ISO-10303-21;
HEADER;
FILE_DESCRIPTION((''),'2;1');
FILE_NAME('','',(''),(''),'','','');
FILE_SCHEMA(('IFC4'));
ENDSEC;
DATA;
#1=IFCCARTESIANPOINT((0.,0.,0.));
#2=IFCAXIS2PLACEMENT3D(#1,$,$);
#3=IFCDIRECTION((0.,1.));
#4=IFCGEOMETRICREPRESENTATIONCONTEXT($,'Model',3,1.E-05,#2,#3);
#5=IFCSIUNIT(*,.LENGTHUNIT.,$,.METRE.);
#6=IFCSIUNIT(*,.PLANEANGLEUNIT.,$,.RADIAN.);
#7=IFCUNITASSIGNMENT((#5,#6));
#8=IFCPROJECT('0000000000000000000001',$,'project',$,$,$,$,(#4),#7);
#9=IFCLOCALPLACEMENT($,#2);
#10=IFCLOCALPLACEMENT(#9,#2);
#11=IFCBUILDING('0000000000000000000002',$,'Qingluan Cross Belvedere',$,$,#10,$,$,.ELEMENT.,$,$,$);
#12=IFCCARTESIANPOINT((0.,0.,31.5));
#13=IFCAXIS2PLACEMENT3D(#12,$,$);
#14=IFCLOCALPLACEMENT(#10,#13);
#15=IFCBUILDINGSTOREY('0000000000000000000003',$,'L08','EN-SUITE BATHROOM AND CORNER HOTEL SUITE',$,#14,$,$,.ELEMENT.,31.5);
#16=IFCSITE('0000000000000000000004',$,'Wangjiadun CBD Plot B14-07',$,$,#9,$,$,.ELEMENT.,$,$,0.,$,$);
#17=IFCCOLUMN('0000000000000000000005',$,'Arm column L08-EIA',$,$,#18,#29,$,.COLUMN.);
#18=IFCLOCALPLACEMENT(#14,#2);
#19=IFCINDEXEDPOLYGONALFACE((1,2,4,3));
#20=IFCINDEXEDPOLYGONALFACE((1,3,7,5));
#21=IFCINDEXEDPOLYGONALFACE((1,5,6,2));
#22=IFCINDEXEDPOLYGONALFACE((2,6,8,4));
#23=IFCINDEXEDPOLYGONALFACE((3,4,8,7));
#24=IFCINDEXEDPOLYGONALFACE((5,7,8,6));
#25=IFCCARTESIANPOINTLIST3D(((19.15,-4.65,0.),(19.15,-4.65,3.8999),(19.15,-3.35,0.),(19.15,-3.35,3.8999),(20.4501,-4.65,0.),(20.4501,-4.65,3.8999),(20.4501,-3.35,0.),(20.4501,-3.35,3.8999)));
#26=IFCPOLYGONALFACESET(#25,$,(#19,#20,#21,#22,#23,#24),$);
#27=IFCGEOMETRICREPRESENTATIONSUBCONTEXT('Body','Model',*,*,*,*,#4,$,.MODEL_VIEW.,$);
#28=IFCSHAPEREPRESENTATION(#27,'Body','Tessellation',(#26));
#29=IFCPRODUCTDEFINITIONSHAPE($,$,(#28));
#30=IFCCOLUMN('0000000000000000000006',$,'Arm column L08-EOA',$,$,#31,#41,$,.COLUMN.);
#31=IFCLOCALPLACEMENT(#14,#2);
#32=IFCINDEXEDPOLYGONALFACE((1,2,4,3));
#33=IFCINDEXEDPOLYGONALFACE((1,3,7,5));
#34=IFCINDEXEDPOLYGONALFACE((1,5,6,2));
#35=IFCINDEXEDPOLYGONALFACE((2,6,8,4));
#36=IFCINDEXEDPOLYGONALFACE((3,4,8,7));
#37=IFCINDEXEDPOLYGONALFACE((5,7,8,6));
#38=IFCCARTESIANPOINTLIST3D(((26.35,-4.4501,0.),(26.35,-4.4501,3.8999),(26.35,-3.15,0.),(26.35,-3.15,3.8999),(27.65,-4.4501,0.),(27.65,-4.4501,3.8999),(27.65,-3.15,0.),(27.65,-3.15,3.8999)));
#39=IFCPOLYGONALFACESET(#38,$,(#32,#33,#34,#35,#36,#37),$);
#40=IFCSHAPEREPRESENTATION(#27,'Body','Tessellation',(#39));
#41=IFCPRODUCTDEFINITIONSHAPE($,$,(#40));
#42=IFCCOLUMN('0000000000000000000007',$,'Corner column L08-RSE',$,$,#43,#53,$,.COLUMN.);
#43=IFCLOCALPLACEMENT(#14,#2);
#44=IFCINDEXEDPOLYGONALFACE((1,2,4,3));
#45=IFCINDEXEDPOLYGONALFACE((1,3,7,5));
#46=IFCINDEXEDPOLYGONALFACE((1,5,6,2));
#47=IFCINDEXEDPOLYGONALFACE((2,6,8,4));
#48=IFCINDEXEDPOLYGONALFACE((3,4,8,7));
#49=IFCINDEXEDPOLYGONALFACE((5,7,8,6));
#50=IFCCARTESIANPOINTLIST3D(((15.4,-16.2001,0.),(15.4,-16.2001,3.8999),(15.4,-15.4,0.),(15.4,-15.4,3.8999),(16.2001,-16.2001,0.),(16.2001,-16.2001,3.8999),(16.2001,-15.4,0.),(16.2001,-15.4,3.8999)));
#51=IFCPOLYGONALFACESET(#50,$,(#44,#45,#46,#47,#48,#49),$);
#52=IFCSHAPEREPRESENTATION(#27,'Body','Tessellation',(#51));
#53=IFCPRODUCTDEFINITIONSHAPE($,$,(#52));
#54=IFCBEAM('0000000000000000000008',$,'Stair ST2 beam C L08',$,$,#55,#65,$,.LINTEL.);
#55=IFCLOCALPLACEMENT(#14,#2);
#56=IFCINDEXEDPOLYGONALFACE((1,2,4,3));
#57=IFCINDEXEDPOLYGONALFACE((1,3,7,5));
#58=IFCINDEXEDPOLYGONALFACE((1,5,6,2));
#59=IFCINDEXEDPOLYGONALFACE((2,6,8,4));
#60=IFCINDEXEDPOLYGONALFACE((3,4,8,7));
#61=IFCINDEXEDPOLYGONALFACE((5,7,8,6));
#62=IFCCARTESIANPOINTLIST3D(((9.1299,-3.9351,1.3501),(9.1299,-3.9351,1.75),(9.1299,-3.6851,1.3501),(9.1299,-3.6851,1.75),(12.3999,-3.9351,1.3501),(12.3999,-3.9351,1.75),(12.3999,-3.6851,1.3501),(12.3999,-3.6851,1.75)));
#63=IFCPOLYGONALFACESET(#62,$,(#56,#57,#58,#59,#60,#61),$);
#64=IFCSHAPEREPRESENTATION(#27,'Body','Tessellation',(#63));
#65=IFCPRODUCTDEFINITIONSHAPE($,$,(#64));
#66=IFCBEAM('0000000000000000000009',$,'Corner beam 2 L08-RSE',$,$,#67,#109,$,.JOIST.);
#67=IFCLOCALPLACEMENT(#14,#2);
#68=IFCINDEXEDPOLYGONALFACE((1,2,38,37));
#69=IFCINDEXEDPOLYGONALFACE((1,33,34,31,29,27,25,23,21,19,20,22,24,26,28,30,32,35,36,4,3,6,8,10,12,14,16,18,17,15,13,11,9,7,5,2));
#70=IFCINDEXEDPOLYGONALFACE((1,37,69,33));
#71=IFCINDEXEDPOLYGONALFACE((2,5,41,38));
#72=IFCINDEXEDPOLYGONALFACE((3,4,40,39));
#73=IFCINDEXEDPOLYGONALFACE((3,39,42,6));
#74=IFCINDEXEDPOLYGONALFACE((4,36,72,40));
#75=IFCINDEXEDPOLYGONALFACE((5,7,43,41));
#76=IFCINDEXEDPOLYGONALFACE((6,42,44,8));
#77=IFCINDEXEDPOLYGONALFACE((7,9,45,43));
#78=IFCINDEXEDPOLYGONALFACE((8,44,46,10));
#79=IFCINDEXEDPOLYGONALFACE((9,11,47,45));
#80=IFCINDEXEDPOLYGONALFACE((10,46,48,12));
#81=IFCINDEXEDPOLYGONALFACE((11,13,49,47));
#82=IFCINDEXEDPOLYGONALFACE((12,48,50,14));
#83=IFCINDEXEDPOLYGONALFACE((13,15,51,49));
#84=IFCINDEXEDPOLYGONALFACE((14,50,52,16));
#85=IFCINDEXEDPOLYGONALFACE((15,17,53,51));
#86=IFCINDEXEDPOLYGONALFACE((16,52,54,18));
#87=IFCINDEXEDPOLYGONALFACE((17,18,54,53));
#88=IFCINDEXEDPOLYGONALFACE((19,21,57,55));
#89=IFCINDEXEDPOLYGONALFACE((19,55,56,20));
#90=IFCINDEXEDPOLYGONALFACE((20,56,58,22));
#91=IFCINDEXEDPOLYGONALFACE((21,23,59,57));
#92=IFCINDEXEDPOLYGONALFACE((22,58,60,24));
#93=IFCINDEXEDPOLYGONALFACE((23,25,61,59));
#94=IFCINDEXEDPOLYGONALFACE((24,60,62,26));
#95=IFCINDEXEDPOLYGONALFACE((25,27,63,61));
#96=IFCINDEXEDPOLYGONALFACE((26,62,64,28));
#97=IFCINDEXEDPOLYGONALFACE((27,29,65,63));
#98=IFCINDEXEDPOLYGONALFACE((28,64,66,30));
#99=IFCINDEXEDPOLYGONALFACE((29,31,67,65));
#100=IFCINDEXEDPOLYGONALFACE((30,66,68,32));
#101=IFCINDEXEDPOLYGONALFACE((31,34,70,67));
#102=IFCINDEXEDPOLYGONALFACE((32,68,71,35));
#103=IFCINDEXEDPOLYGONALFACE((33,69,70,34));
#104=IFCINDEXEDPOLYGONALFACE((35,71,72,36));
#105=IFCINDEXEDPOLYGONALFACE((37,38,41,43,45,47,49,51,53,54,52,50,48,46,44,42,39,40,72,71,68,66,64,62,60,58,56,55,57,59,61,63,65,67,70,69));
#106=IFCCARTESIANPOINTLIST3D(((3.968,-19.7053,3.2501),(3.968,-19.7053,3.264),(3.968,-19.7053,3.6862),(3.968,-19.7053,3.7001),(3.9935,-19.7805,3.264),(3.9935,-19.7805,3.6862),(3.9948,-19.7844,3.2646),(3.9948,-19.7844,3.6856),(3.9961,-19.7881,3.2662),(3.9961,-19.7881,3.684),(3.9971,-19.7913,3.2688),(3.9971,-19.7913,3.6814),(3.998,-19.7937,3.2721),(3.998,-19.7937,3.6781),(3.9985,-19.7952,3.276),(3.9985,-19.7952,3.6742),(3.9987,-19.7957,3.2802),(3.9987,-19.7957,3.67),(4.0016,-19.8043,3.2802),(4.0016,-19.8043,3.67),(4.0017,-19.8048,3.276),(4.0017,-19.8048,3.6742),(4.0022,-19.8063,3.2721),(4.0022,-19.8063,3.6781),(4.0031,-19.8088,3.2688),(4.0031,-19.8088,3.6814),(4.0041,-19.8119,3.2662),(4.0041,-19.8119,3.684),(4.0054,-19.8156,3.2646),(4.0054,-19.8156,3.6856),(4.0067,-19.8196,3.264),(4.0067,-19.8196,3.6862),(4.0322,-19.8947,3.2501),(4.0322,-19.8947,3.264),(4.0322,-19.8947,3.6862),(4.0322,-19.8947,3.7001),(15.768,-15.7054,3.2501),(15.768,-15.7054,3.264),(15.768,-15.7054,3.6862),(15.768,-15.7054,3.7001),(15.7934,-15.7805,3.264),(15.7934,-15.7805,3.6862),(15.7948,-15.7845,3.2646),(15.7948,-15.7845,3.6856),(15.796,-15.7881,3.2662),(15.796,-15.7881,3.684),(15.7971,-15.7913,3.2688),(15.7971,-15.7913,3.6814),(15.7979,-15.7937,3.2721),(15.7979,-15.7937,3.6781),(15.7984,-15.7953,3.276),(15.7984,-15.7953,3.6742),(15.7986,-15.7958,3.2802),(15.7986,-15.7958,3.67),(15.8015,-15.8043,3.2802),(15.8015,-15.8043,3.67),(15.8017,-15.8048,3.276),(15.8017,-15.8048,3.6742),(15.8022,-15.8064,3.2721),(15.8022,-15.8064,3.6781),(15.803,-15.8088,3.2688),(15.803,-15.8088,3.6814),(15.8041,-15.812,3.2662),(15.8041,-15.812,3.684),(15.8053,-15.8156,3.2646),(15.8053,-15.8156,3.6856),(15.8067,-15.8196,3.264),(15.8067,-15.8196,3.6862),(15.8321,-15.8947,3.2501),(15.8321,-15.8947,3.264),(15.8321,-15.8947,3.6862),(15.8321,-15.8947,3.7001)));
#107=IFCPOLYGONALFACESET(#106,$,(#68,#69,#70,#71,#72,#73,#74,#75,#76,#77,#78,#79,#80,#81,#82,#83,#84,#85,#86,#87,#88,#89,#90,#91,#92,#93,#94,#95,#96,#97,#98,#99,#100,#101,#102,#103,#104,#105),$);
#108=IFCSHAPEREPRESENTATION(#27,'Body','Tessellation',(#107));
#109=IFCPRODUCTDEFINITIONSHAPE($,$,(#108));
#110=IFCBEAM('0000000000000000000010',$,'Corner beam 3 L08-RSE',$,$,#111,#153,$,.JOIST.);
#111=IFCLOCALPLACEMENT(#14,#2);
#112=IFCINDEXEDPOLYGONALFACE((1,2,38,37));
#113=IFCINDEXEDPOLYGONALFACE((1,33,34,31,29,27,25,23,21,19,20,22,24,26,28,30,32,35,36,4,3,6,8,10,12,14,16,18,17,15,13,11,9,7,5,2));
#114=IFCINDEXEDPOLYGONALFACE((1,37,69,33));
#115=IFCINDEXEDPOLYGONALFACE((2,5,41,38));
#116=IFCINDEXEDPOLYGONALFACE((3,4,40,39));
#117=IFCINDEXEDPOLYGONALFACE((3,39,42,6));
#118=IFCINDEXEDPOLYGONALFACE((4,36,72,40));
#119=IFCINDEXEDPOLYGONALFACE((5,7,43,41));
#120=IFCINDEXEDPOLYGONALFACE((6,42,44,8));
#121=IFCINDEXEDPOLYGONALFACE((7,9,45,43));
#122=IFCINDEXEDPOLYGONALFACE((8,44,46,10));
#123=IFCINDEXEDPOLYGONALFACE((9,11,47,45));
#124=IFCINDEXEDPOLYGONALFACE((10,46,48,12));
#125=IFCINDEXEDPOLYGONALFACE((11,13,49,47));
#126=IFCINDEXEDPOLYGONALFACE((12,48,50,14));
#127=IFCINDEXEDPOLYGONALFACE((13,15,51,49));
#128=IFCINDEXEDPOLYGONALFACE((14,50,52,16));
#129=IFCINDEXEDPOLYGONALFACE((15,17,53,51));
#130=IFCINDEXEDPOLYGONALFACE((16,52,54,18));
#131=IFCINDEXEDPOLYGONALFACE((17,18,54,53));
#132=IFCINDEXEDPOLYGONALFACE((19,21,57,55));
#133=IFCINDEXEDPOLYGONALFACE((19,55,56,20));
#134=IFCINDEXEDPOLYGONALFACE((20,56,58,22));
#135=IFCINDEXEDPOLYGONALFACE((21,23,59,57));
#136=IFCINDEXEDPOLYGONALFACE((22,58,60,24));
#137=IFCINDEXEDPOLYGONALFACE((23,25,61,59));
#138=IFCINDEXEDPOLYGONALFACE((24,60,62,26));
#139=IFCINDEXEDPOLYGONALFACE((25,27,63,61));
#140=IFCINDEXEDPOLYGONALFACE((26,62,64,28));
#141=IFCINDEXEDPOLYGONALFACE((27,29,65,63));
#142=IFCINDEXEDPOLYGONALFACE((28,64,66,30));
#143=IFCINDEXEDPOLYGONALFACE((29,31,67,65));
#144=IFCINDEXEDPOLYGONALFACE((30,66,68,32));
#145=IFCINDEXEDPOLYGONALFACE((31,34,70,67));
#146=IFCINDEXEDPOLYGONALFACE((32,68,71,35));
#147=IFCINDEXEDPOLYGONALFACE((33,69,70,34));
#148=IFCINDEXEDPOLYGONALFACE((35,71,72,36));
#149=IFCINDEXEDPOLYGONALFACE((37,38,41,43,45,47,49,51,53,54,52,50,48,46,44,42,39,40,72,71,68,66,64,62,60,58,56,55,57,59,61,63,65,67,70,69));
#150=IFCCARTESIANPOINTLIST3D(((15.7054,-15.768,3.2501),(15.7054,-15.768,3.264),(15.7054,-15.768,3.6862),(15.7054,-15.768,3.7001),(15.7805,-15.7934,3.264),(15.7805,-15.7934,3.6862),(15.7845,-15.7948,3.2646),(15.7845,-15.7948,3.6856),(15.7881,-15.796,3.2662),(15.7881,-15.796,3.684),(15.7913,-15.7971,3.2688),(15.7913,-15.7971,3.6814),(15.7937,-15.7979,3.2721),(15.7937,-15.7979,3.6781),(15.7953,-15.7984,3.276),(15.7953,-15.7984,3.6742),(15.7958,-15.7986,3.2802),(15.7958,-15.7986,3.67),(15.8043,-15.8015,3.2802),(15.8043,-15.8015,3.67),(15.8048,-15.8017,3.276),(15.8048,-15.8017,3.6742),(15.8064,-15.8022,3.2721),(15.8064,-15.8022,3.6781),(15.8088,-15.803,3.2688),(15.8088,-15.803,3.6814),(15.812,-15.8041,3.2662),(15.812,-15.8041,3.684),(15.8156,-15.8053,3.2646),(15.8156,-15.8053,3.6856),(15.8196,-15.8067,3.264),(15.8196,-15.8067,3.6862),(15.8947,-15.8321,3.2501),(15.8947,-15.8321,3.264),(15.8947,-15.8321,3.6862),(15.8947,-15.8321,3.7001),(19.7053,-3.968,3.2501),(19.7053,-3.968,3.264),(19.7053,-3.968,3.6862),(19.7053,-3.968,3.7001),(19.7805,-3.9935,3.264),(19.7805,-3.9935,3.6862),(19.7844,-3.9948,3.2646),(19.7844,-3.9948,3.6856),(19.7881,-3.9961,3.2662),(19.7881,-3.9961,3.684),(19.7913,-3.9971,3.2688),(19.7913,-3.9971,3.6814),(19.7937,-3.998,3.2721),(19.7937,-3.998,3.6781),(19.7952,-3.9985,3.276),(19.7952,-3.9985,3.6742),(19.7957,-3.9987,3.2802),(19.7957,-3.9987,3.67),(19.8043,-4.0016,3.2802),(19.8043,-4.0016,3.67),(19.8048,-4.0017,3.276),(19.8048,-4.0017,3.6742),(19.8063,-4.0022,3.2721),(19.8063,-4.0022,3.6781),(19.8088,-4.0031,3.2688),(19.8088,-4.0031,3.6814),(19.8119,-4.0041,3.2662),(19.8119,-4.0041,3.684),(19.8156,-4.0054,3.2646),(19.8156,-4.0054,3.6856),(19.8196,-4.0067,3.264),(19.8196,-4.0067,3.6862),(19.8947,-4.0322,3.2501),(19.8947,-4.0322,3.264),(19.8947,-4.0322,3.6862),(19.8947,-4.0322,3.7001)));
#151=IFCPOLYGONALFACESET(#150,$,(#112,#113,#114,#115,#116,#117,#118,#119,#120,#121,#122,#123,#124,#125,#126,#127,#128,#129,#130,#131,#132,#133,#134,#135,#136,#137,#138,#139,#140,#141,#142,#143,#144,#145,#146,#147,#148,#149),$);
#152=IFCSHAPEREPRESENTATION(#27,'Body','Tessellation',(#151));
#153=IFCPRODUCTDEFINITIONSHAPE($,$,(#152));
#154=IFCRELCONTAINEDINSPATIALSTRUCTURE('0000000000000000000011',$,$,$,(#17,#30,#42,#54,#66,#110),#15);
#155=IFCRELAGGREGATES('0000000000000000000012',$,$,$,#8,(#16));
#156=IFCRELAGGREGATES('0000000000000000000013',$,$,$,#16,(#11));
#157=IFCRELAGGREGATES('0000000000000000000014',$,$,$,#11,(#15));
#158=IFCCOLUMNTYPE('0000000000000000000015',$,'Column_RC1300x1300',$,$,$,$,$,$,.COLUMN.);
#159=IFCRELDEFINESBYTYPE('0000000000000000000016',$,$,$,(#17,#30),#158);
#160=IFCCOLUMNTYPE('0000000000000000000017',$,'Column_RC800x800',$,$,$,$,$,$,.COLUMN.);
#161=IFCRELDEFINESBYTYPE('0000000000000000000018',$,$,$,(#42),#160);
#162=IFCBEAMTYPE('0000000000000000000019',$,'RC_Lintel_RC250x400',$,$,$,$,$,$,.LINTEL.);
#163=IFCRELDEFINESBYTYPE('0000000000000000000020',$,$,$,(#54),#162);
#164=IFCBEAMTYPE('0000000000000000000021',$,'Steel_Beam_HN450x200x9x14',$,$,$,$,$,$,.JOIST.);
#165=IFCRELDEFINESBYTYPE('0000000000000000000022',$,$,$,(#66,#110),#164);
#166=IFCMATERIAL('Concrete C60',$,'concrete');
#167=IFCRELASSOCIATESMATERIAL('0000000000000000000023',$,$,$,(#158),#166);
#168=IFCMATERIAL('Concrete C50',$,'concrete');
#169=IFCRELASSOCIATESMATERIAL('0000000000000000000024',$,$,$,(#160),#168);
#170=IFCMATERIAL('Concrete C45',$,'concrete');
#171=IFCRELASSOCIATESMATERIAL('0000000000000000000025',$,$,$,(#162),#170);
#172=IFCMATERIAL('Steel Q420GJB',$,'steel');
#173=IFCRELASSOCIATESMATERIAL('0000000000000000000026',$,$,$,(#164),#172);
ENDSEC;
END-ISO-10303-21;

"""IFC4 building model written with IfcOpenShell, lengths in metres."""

from ifc_helpers import new_model, si_unit, direction, frame, origin, origin_2d, place, context, subcontext, project, spatial, rectangle, i_section, extrude, material, material_profile, profile_set, type_object, element, save


model = new_model("IFC4")

# Units and contexts
model_context = context("Model", 3, precision=1e-05, world=origin(), true_north=direction((0.0, 1.0)))
body_context = subcontext(model_context, "Body", "Model", "MODEL_VIEW")
ifc_project = project(units=[si_unit("LENGTHUNIT", "METRE"), si_unit("PLANEANGLEUNIT", "RADIAN")], contexts=[model_context])

# Site, building, storey
site_placement = place(None, origin())
site = spatial("IfcSite", under=ifc_project, at=site_placement, Name="Wangjiadun CBD Plot B14-07", CompositionType="ELEMENT", RefElevation=0.0)
building_placement = place(site_placement, origin())
building = spatial("IfcBuilding", under=site, at=building_placement, Name="Qingluan Cross Belvedere", CompositionType="ELEMENT")
storey_placement = place(building_placement, frame((0.0, 0.0, 31.5)))
storey = spatial("IfcBuildingStorey", under=building, at=storey_placement, Name="L08", Description="EN-SUITE BATHROOM AND CORNER HOTEL SUITE", CompositionType="ELEMENT", Elevation=31.5)

# Columns
ifc_material_1 = material(Name="Concrete C60", Category="concrete")
ifc_material_profile_1 = material_profile(ifc_material_1, rectangle(XDim=1.3, YDim=1.3, at=origin_2d()), Name="RC1300x1300")
ifc_profile_set_1 = profile_set([ifc_material_profile_1], Name="Concrete C60")
column_type_1 = type_object("IfcColumnType", Name="Column_RC1300x1300", PredefinedType="COLUMN", material=ifc_profile_set_1)
for number, where, z_axis, x_axis, name in (
    (1, (19.8, -4.0, 0.0), (0.0, 0.0, 1.0), (1.0, 0.0, 0.0), "Arm column L08-EIA"),
    (2, (27.0, -3.8, 0.0), (0.0, 0.0, 1.0), (1.0, 0.0, 0.0), "Arm column L08-EOA"),
):
    element("IfcColumn", number, at=place(storey_placement, frame(where, z_axis=z_axis, x_axis=x_axis)), inside=storey, type_object=column_type_1, Name=name, PredefinedType="COLUMN", context=body_context, shape_type="SweptSolid", body=[
        extrude(rectangle(XDim=1.3, YDim=1.3, at=origin_2d()), origin(), (0.0, 0.0, 1.0), 3.8999),
    ])
ifc_material_2 = material(Name="Concrete C50", Category="concrete")
ifc_material_profile_2 = material_profile(ifc_material_2, rectangle(XDim=0.8, YDim=0.8, at=origin_2d()), Name="RC800x800")
ifc_profile_set_2 = profile_set([ifc_material_profile_2], Name="Concrete C50")
column_type_2 = type_object("IfcColumnType", Name="Column_RC800x800", PredefinedType="COLUMN", material=ifc_profile_set_2)
column_placement = place(storey_placement, frame((15.8, -15.8, 0.0), z_axis=(0.0, 0.0, 1.0), x_axis=(1.0, 0.0, 0.0)))
element("IfcColumn", 3, at=column_placement, inside=storey, type_object=column_type_2, Name="Corner column L08-RSE", PredefinedType="COLUMN", context=body_context, shape_type="SweptSolid", body=[
    extrude(rectangle(XDim=0.8, YDim=0.8, at=origin_2d()), origin(), (0.0, 0.0, 1.0), 3.8999),
])

# Beams
ifc_material_3 = material(Name="Concrete C45", Category="concrete")
ifc_material_profile_3 = material_profile(ifc_material_3, rectangle(XDim=0.25, YDim=0.3999, at=origin_2d()), Name="RC250x400")
ifc_profile_set_3 = profile_set([ifc_material_profile_3], Name="Concrete C45")
beam_type_1 = type_object("IfcBeamType", Name="RC_Lintel_RC250x400", PredefinedType="LINTEL", material=ifc_profile_set_3)
beam_1_placement = place(storey_placement, frame((12.3999, -3.8101, 1.55), z_axis=(-1.0, 0.0, 0.0), x_axis=(0.0, -1.0, 0.0)))
element("IfcBeam", 4, at=beam_1_placement, inside=storey, type_object=beam_type_1, Name="Stair ST2 beam C L08", PredefinedType="LINTEL", context=body_context, shape_type="SweptSolid", body=[
    extrude(rectangle(XDim=0.25, YDim=0.3999, at=origin_2d()), origin(), (0.0, 0.0, 1.0), 3.27),
])
ifc_material_4 = material(Name="Steel Q420GJB", Category="steel")
ifc_material_profile_4 = material_profile(ifc_material_4, i_section(OverallWidth=0.2, OverallDepth=0.45, WebThickness=0.009, FlangeThickness=0.0139, FilletRadius=0.0161, at=origin_2d()), Name="HN450x200x9x14")
ifc_profile_set_4 = profile_set([ifc_material_profile_4], Name="Steel Q420GJB")
beam_type_2 = type_object("IfcBeamType", Name="Steel_Beam_HN450x200x9x14", PredefinedType="JOIST", material=ifc_profile_set_4)
for number, where, z_axis, x_axis, name in (
    (5, (15.8, -15.8, 3.4751), (-0.947066, -0.321038, 0.0), (0.321038, -0.947066, 0.0), "Corner beam 2 L08-RSE"),
    (6, (15.8, -15.8, 3.4751), (0.321038, 0.947066, 0.0), (-0.947066, 0.321038, 0.0), "Corner beam 3 L08-RSE"),
):
    element("IfcBeam", number, at=place(storey_placement, frame(where, z_axis=z_axis, x_axis=x_axis)), inside=storey, type_object=beam_type_2, Name=name, PredefinedType="JOIST", context=body_context, shape_type="SweptSolid", body=[
        extrude(i_section(OverallWidth=0.2, OverallDepth=0.45, WebThickness=0.009, FlangeThickness=0.0139, FilletRadius=0.0161, at=origin_2d()), origin(), (0.0, 0.0, 1.0), 12.4595),
    ])

save(model, "model.ifc")
